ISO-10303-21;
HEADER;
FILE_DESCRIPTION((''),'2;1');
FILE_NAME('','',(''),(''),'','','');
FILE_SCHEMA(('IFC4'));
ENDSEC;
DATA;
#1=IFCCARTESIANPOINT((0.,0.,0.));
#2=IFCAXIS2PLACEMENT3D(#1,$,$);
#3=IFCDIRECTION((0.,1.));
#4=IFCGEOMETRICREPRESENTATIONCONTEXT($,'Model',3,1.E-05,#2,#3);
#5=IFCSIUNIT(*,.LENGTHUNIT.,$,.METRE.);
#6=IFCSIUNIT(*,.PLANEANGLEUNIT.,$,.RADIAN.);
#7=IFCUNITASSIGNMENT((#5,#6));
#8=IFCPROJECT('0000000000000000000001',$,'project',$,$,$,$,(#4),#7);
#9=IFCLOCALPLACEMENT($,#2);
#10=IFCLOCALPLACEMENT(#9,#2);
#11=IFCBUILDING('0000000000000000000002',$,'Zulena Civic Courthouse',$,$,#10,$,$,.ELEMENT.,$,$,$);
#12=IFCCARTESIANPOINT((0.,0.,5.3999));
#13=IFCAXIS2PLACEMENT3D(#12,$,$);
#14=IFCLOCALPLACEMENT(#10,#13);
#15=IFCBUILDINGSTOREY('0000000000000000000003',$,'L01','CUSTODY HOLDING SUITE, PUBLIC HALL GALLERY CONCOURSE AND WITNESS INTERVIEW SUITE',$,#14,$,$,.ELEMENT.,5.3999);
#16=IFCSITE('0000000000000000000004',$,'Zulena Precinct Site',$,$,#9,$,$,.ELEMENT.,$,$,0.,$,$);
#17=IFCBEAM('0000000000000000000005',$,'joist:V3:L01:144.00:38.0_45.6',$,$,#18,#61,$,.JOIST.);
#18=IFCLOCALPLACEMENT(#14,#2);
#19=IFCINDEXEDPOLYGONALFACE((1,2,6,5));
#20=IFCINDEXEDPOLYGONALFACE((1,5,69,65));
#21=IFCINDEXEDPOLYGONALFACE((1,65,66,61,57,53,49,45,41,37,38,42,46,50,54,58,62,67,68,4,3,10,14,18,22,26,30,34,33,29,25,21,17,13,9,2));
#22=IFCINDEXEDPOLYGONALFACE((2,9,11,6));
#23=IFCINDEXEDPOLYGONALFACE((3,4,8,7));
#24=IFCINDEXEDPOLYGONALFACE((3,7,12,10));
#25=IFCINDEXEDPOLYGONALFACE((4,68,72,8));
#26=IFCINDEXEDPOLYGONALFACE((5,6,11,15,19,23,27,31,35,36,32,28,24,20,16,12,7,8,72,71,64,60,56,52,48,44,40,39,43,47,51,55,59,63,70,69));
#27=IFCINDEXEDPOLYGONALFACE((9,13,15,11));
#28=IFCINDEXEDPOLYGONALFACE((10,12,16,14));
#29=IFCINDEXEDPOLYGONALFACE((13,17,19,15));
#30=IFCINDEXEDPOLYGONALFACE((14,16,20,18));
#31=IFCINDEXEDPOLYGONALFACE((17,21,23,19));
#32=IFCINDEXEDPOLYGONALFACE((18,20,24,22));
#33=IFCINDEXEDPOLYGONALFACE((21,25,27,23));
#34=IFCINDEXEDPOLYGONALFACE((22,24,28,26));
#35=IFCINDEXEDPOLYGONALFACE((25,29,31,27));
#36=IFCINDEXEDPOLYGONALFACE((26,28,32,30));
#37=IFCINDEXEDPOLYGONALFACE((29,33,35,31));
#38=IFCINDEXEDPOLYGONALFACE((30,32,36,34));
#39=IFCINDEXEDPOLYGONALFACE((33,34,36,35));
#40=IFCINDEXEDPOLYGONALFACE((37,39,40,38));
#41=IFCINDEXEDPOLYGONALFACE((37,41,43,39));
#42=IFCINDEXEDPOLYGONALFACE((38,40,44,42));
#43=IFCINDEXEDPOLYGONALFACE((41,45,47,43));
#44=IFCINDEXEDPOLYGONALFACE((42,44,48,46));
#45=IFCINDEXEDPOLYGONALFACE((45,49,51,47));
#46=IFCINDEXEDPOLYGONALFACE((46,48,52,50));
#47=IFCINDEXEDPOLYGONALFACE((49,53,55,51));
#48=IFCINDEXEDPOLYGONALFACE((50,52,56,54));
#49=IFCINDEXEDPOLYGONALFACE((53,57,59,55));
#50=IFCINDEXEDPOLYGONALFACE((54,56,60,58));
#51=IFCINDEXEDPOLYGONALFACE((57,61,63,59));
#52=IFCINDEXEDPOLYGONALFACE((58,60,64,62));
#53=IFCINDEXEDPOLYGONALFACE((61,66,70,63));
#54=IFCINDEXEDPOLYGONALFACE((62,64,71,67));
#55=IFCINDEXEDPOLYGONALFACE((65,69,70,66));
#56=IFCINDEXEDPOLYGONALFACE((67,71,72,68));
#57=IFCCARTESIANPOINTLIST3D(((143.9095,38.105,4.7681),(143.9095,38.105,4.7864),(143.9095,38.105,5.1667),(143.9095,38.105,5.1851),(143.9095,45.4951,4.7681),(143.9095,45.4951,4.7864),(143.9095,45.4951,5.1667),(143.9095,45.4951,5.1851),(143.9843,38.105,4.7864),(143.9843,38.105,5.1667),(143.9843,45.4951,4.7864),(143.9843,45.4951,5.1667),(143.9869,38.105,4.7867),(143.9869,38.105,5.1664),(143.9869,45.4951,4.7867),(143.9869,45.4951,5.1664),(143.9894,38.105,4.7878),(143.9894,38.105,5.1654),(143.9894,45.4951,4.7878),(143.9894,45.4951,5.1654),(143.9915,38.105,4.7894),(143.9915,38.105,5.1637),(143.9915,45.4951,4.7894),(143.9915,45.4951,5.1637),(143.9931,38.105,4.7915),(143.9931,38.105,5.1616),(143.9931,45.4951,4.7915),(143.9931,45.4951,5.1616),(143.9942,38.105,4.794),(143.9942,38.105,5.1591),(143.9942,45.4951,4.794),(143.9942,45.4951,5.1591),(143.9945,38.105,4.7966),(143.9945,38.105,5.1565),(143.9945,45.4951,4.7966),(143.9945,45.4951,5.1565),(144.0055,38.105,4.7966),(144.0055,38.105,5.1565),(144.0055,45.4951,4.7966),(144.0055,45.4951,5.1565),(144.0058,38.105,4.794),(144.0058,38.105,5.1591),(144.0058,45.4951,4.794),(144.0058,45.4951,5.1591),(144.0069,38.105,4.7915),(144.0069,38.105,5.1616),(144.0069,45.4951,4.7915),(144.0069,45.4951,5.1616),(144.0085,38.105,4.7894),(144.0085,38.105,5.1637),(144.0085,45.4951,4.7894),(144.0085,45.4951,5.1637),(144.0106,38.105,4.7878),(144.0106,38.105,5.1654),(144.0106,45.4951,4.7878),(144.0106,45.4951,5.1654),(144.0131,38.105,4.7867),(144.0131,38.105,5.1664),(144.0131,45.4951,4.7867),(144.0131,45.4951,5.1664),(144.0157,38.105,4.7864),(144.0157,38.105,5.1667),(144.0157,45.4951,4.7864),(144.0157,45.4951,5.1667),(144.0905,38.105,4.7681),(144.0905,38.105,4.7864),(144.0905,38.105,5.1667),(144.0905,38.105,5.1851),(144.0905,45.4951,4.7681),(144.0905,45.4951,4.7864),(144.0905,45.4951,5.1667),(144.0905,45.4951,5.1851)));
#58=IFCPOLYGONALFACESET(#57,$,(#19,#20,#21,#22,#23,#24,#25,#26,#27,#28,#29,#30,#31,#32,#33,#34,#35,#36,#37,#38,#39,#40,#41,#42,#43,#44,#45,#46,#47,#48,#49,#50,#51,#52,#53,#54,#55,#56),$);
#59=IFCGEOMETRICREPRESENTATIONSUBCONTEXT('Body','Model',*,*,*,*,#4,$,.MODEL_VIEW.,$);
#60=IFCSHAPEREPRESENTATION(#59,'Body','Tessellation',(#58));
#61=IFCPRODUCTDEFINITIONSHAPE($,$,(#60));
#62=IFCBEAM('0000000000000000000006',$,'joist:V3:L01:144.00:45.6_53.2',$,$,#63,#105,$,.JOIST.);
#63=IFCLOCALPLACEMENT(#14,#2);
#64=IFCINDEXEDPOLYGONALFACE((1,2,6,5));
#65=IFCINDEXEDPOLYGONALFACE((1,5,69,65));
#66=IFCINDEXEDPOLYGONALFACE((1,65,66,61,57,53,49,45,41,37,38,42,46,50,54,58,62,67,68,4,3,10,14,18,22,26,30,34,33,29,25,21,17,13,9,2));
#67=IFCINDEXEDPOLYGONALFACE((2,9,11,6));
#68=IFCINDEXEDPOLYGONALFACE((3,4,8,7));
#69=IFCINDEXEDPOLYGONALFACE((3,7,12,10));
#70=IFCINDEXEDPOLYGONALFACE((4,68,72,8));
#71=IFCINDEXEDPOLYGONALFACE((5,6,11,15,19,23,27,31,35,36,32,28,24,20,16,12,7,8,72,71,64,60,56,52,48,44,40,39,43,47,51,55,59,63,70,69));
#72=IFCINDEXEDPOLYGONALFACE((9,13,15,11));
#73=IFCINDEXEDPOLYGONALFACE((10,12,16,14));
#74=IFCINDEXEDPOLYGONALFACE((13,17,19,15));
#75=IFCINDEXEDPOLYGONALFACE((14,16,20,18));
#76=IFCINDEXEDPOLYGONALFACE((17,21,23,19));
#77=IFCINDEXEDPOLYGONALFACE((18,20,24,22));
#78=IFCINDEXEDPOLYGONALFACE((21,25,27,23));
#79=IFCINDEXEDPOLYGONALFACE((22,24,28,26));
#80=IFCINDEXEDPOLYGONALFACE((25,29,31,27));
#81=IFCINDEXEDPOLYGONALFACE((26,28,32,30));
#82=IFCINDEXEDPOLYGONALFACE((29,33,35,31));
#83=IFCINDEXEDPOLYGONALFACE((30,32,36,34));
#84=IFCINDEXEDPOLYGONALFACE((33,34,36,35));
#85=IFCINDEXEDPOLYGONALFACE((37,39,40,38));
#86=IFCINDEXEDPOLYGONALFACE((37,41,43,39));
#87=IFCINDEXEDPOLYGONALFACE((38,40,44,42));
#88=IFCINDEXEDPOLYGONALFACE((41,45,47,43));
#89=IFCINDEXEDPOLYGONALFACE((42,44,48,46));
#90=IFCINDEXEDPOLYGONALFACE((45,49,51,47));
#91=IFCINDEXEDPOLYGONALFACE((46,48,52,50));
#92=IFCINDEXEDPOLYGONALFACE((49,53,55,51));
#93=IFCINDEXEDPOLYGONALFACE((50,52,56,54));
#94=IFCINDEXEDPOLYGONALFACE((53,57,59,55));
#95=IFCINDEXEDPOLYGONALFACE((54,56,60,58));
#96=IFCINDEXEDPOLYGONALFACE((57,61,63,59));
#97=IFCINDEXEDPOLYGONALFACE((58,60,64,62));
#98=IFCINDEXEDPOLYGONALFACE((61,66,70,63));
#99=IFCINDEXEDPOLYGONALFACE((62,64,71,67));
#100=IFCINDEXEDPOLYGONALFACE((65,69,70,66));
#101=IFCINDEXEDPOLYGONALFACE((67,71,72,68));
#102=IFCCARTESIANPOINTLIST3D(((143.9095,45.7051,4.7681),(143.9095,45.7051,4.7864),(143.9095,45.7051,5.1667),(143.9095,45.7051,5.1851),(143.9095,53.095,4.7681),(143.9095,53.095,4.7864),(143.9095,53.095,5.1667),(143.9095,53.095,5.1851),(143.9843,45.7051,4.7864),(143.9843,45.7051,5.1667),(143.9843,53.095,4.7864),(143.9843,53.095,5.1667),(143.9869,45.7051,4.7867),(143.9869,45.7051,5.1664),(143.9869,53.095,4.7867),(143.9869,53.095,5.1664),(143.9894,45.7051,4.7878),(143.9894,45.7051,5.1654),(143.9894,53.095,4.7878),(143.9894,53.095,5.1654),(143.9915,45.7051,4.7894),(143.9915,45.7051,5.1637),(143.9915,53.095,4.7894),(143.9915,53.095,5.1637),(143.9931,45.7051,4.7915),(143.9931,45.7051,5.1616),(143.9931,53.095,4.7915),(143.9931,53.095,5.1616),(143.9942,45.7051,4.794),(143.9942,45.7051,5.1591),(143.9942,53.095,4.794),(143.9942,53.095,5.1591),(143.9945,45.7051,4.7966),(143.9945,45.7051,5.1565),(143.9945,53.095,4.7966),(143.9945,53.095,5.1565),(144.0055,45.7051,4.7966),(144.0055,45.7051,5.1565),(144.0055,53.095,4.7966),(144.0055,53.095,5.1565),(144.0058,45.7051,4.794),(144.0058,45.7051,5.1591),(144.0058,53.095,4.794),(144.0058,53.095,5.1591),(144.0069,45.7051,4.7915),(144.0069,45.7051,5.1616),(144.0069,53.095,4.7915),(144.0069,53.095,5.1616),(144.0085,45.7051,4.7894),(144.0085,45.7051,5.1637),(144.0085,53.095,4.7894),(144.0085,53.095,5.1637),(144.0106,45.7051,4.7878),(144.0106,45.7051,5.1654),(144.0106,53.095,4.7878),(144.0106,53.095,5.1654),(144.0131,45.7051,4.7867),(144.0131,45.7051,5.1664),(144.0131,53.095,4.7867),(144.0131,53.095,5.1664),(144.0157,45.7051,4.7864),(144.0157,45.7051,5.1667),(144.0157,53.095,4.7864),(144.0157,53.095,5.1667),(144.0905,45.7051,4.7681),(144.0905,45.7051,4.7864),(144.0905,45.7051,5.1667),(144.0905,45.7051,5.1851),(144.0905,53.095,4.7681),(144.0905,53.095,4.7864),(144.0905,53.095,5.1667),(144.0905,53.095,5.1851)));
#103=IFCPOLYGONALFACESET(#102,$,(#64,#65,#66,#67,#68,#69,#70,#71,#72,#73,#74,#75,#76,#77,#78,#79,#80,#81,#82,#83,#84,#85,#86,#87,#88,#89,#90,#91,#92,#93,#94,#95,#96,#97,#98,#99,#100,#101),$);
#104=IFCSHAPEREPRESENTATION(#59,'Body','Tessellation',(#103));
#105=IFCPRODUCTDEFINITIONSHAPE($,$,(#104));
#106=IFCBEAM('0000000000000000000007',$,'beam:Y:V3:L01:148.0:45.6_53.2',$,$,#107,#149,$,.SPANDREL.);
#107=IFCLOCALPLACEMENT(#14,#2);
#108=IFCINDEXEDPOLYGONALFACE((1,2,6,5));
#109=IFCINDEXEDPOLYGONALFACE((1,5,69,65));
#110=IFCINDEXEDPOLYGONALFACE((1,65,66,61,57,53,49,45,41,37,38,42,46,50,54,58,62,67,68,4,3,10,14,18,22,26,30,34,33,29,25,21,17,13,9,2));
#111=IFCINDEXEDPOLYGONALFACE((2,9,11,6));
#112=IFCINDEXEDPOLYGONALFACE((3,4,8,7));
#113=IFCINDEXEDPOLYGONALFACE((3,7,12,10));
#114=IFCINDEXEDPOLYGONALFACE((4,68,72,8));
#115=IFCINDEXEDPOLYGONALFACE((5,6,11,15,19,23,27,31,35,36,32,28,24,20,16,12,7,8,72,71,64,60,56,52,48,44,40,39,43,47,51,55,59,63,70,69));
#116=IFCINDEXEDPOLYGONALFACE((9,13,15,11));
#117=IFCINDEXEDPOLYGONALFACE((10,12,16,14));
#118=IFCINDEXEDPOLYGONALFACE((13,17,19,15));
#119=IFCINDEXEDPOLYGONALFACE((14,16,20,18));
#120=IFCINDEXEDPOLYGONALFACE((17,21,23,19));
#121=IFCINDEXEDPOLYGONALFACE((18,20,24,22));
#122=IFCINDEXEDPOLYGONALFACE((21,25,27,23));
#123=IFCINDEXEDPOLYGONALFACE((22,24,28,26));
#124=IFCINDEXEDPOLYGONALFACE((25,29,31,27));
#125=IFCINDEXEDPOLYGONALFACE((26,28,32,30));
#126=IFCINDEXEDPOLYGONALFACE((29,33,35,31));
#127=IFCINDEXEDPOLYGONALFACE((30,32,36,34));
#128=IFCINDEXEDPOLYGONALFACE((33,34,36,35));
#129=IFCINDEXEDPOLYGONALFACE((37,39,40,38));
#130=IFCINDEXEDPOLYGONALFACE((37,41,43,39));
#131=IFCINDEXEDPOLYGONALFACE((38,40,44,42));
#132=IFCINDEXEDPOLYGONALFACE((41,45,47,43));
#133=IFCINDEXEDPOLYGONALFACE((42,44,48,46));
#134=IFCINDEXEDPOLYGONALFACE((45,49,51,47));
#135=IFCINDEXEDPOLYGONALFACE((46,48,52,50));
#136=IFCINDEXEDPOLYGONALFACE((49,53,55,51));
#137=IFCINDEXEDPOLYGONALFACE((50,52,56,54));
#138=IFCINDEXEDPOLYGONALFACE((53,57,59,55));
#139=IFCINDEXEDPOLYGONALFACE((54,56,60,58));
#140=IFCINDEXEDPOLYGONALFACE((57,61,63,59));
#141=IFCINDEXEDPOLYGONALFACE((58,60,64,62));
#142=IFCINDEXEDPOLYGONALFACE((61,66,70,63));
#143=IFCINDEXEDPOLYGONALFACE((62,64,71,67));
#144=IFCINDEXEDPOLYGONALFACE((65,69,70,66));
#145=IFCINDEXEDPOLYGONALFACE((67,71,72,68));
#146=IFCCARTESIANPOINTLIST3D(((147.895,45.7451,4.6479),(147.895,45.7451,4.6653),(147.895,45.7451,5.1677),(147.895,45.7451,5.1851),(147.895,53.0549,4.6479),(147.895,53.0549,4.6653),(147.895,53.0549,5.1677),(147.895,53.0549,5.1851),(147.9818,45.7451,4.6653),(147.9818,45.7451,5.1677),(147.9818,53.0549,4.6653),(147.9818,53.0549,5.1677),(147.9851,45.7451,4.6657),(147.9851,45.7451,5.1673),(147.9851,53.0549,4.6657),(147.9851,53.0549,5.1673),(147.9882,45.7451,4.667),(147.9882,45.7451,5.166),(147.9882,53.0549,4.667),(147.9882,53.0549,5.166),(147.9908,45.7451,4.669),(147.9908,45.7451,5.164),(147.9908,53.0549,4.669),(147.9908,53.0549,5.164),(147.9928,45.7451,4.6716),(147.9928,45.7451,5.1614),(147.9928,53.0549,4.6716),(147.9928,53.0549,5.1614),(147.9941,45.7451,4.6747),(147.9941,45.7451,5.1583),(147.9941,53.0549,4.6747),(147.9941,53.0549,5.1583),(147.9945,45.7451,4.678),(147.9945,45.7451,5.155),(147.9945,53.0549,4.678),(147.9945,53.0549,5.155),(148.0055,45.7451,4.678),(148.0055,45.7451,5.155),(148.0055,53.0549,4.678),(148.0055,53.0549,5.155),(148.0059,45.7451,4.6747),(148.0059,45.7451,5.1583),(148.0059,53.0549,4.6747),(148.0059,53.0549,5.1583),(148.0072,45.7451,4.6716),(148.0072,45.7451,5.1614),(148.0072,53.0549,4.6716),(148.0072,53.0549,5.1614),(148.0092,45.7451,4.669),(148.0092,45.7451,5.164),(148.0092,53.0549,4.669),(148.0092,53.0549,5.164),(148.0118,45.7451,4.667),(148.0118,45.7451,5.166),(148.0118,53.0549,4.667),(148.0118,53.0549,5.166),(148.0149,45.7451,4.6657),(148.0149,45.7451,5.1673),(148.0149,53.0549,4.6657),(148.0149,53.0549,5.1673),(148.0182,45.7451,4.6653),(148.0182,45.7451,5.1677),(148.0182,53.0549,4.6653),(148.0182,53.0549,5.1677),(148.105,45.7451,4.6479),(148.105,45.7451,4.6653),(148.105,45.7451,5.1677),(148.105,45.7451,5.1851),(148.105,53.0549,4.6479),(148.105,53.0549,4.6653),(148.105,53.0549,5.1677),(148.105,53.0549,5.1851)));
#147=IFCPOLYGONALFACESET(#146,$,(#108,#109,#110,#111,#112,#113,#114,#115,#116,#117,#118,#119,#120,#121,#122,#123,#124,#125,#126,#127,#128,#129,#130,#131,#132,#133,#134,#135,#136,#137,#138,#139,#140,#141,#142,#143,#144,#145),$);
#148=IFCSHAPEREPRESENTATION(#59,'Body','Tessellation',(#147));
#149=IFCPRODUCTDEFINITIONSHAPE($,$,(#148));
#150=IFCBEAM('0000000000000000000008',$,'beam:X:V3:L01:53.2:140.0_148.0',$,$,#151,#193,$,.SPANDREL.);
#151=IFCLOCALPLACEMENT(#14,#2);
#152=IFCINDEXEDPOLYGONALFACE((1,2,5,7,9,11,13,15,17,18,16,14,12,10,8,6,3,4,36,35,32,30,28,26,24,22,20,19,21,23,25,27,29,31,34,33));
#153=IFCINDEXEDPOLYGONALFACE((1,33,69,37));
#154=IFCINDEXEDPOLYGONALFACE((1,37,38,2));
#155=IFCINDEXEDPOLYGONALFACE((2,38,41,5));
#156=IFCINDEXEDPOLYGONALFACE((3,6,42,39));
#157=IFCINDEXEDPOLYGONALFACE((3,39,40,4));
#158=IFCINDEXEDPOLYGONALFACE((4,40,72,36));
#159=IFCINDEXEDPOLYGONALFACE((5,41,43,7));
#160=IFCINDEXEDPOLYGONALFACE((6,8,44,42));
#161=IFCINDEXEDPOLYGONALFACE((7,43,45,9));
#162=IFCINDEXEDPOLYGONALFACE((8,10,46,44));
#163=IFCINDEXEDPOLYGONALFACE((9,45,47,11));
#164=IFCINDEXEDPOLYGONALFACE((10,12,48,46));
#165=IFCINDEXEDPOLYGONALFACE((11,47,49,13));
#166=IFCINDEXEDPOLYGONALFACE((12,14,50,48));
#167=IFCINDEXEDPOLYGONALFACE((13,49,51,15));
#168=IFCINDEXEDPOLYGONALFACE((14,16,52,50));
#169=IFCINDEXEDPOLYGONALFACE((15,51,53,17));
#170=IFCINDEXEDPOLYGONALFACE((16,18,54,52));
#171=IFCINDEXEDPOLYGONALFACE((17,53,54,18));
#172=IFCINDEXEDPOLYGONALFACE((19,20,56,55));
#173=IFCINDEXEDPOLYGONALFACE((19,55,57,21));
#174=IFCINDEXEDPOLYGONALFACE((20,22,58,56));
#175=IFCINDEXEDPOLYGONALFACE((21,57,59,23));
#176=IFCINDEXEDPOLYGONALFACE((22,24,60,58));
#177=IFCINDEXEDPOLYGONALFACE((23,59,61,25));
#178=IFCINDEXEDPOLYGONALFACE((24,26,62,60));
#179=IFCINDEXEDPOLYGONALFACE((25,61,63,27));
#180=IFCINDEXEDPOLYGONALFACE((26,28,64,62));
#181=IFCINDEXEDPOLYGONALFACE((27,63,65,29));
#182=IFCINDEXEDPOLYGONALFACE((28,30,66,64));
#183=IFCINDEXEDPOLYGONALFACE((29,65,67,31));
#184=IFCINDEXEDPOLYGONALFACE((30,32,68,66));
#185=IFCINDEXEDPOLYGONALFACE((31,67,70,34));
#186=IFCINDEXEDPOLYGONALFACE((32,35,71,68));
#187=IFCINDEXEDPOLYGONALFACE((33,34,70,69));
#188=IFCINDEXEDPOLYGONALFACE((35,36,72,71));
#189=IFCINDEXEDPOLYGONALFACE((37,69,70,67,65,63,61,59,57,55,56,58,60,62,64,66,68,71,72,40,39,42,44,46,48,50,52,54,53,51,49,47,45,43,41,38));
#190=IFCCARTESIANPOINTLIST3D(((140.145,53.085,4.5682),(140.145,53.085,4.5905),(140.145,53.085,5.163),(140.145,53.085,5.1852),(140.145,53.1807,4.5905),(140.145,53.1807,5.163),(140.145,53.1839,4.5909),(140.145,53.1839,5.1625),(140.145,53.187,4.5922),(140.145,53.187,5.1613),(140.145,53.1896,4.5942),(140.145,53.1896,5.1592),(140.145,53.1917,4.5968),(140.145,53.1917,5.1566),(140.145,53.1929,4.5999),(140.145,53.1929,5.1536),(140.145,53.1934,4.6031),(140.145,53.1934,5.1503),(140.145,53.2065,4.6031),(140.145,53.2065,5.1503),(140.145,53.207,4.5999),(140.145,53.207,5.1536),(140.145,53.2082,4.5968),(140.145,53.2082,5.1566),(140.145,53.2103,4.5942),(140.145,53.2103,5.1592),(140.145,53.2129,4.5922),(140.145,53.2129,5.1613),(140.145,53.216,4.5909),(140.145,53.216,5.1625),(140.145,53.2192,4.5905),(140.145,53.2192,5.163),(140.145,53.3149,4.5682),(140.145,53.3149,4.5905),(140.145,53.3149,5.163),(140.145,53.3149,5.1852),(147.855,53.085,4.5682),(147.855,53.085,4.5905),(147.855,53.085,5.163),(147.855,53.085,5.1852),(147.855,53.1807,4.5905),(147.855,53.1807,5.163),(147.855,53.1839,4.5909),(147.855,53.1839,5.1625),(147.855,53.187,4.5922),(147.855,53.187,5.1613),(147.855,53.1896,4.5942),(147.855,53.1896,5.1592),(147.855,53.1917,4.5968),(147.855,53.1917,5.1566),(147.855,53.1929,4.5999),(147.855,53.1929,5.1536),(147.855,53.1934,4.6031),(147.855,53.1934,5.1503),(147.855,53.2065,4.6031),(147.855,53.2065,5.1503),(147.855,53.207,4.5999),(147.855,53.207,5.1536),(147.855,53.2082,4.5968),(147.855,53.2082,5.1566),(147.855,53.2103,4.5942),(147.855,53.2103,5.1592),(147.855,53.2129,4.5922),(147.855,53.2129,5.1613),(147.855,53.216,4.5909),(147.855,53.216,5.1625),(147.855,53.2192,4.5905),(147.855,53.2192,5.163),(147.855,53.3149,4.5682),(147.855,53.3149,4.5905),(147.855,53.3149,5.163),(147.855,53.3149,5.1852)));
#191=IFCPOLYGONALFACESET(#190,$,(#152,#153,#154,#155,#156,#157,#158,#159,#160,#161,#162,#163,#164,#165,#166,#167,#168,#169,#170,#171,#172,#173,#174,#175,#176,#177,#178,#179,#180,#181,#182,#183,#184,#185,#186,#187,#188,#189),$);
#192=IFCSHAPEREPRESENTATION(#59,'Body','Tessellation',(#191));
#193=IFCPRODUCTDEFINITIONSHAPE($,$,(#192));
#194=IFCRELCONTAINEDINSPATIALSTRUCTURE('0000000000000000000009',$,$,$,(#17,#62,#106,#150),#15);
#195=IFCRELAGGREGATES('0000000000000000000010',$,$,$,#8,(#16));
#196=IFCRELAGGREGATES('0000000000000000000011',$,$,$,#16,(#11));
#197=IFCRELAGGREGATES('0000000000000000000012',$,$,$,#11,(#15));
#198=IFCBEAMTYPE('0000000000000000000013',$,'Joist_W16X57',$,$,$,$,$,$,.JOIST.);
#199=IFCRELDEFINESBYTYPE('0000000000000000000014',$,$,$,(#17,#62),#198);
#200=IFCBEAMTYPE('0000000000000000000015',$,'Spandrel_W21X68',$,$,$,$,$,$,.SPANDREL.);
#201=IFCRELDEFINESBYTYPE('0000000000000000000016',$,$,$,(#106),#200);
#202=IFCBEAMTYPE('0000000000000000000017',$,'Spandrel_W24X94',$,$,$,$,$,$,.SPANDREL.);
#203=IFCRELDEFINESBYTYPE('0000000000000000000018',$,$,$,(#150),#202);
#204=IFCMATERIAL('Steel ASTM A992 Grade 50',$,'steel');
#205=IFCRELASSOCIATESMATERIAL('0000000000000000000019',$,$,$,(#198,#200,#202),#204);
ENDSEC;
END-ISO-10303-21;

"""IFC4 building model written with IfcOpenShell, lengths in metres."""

from ifc_helpers import new_model, si_unit, direction, frame, origin, origin_2d, place, context, subcontext, project, spatial, i_section, extrude, material, material_profile, profile_set, type_object, element, save


model = new_model("IFC4")

# Units and contexts
model_context = context("Model", 3, precision=1e-05, world=origin(), true_north=direction((0.0, 1.0)))
body_context = subcontext(model_context, "Body", "Model", "MODEL_VIEW")
ifc_project = project(units=[si_unit("LENGTHUNIT", "METRE"), si_unit("PLANEANGLEUNIT", "RADIAN")], contexts=[model_context])

# Site, building, storey
site_placement = place(None, origin())
site = spatial("IfcSite", under=ifc_project, at=site_placement, Name="Zulena Precinct Site", CompositionType="ELEMENT", RefElevation=0.0)
building_placement = place(site_placement, origin())
building = spatial("IfcBuilding", under=site, at=building_placement, Name="Zulena Civic Courthouse", CompositionType="ELEMENT")
storey_placement = place(building_placement, frame((0.0, 0.0, 5.3999)))
storey = spatial("IfcBuildingStorey", under=building, at=storey_placement, Name="L01", Description="CUSTODY HOLDING SUITE, PUBLIC HALL GALLERY CONCOURSE AND WITNESS INTERVIEW SUITE", CompositionType="ELEMENT", Elevation=5.3999)

# Shared definitions
ifc_material_1 = material(Name="Steel ASTM A992 Grade 50", Category="steel")

# Beams
ifc_material_profile_1 = material_profile(ifc_material_1, i_section(OverallWidth=0.1809, OverallDepth=0.417, WebThickness=0.011, FlangeThickness=0.0183, FilletRadius=0.0103, at=origin_2d()), Name="W16X57")
ifc_profile_set_1 = profile_set([ifc_material_profile_1], Name="Steel ASTM A992 Grade 50")
beam_type_1 = type_object("IfcBeamType", Name="Joist_W16X57", PredefinedType="JOIST", material=ifc_profile_set_1)
beam_1_placement = place(storey_placement, frame((144.0, 38.105, 4.9766), z_axis=(0.0, 1.0, 0.0), x_axis=(-1.0, 0.0, 0.0)))
element("IfcBeam", 1, at=beam_1_placement, inside=storey, type_object=beam_type_1, Name="joist:V3:L01:144.00:38.0_45.6", PredefinedType="JOIST", context=body_context, shape_type="SweptSolid", body=[
    extrude(i_section(OverallWidth=0.1809, OverallDepth=0.417, WebThickness=0.011, FlangeThickness=0.0183, FilletRadius=0.0103, at=origin_2d()), origin(), (0.0, 0.0, 1.0), 7.3901),
])
beam_2_placement = place(storey_placement, frame((144.0, 45.7051, 4.9766), z_axis=(0.0, 1.0, 0.0), x_axis=(-1.0, 0.0, 0.0)))
element("IfcBeam", 2, at=beam_2_placement, inside=storey, type_object=beam_type_1, Name="joist:V3:L01:144.00:45.6_53.2", PredefinedType="JOIST", context=body_context, shape_type="SweptSolid", body=[
    extrude(i_section(OverallWidth=0.1809, OverallDepth=0.417, WebThickness=0.011, FlangeThickness=0.0183, FilletRadius=0.0103, at=origin_2d()), origin(), (0.0, 0.0, 1.0), 7.3899),
])
ifc_material_profile_2 = material_profile(ifc_material_1, i_section(OverallWidth=0.21, OverallDepth=0.5371, WebThickness=0.011, FlangeThickness=0.0173, FilletRadius=0.0127, at=origin_2d()), Name="W21X68")
ifc_profile_set_2 = profile_set([ifc_material_profile_2], Name="Steel ASTM A992 Grade 50")
beam_type_2 = type_object("IfcBeamType", Name="Spandrel_W21X68", PredefinedType="SPANDREL", material=ifc_profile_set_2)
beam_3_placement = place(storey_placement, frame((148.0, 45.7451, 4.9165), z_axis=(0.0, 1.0, 0.0), x_axis=(-1.0, 0.0, 0.0)))
element("IfcBeam", 3, at=beam_3_placement, inside=storey, type_object=beam_type_2, Name="beam:Y:V3:L01:148.0:45.6_53.2", PredefinedType="SPANDREL", context=body_context, shape_type="SweptSolid", body=[
    extrude(i_section(OverallWidth=0.21, OverallDepth=0.5371, WebThickness=0.011, FlangeThickness=0.0173, FilletRadius=0.0127, at=origin_2d()), origin(), (0.0, 0.0, 1.0), 7.3098),
])
ifc_material_profile_3 = material_profile(ifc_material_1, i_section(OverallWidth=0.23, OverallDepth=0.6169, WebThickness=0.0132, FlangeThickness=0.0222, FilletRadius=0.0127, at=origin_2d()), Name="W24X94")
ifc_profile_set_3 = profile_set([ifc_material_profile_3], Name="Steel ASTM A992 Grade 50")
beam_type_3 = type_object("IfcBeamType", Name="Spandrel_W24X94", PredefinedType="SPANDREL", material=ifc_profile_set_3)
beam_4_placement = place(storey_placement, frame((140.145, 53.2, 4.8767), z_axis=(1.0, 0.0, 0.0), x_axis=(0.0, 1.0, 0.0)))
element("IfcBeam", 4, at=beam_4_placement, inside=storey, type_object=beam_type_3, Name="beam:X:V3:L01:53.2:140.0_148.0", PredefinedType="SPANDREL", context=body_context, shape_type="SweptSolid", body=[
    extrude(i_section(OverallWidth=0.23, OverallDepth=0.6169, WebThickness=0.0132, FlangeThickness=0.0222, FilletRadius=0.0127, at=origin_2d()), origin(), (0.0, 0.0, 1.0), 7.71),
])

save(model, "model.ifc")
